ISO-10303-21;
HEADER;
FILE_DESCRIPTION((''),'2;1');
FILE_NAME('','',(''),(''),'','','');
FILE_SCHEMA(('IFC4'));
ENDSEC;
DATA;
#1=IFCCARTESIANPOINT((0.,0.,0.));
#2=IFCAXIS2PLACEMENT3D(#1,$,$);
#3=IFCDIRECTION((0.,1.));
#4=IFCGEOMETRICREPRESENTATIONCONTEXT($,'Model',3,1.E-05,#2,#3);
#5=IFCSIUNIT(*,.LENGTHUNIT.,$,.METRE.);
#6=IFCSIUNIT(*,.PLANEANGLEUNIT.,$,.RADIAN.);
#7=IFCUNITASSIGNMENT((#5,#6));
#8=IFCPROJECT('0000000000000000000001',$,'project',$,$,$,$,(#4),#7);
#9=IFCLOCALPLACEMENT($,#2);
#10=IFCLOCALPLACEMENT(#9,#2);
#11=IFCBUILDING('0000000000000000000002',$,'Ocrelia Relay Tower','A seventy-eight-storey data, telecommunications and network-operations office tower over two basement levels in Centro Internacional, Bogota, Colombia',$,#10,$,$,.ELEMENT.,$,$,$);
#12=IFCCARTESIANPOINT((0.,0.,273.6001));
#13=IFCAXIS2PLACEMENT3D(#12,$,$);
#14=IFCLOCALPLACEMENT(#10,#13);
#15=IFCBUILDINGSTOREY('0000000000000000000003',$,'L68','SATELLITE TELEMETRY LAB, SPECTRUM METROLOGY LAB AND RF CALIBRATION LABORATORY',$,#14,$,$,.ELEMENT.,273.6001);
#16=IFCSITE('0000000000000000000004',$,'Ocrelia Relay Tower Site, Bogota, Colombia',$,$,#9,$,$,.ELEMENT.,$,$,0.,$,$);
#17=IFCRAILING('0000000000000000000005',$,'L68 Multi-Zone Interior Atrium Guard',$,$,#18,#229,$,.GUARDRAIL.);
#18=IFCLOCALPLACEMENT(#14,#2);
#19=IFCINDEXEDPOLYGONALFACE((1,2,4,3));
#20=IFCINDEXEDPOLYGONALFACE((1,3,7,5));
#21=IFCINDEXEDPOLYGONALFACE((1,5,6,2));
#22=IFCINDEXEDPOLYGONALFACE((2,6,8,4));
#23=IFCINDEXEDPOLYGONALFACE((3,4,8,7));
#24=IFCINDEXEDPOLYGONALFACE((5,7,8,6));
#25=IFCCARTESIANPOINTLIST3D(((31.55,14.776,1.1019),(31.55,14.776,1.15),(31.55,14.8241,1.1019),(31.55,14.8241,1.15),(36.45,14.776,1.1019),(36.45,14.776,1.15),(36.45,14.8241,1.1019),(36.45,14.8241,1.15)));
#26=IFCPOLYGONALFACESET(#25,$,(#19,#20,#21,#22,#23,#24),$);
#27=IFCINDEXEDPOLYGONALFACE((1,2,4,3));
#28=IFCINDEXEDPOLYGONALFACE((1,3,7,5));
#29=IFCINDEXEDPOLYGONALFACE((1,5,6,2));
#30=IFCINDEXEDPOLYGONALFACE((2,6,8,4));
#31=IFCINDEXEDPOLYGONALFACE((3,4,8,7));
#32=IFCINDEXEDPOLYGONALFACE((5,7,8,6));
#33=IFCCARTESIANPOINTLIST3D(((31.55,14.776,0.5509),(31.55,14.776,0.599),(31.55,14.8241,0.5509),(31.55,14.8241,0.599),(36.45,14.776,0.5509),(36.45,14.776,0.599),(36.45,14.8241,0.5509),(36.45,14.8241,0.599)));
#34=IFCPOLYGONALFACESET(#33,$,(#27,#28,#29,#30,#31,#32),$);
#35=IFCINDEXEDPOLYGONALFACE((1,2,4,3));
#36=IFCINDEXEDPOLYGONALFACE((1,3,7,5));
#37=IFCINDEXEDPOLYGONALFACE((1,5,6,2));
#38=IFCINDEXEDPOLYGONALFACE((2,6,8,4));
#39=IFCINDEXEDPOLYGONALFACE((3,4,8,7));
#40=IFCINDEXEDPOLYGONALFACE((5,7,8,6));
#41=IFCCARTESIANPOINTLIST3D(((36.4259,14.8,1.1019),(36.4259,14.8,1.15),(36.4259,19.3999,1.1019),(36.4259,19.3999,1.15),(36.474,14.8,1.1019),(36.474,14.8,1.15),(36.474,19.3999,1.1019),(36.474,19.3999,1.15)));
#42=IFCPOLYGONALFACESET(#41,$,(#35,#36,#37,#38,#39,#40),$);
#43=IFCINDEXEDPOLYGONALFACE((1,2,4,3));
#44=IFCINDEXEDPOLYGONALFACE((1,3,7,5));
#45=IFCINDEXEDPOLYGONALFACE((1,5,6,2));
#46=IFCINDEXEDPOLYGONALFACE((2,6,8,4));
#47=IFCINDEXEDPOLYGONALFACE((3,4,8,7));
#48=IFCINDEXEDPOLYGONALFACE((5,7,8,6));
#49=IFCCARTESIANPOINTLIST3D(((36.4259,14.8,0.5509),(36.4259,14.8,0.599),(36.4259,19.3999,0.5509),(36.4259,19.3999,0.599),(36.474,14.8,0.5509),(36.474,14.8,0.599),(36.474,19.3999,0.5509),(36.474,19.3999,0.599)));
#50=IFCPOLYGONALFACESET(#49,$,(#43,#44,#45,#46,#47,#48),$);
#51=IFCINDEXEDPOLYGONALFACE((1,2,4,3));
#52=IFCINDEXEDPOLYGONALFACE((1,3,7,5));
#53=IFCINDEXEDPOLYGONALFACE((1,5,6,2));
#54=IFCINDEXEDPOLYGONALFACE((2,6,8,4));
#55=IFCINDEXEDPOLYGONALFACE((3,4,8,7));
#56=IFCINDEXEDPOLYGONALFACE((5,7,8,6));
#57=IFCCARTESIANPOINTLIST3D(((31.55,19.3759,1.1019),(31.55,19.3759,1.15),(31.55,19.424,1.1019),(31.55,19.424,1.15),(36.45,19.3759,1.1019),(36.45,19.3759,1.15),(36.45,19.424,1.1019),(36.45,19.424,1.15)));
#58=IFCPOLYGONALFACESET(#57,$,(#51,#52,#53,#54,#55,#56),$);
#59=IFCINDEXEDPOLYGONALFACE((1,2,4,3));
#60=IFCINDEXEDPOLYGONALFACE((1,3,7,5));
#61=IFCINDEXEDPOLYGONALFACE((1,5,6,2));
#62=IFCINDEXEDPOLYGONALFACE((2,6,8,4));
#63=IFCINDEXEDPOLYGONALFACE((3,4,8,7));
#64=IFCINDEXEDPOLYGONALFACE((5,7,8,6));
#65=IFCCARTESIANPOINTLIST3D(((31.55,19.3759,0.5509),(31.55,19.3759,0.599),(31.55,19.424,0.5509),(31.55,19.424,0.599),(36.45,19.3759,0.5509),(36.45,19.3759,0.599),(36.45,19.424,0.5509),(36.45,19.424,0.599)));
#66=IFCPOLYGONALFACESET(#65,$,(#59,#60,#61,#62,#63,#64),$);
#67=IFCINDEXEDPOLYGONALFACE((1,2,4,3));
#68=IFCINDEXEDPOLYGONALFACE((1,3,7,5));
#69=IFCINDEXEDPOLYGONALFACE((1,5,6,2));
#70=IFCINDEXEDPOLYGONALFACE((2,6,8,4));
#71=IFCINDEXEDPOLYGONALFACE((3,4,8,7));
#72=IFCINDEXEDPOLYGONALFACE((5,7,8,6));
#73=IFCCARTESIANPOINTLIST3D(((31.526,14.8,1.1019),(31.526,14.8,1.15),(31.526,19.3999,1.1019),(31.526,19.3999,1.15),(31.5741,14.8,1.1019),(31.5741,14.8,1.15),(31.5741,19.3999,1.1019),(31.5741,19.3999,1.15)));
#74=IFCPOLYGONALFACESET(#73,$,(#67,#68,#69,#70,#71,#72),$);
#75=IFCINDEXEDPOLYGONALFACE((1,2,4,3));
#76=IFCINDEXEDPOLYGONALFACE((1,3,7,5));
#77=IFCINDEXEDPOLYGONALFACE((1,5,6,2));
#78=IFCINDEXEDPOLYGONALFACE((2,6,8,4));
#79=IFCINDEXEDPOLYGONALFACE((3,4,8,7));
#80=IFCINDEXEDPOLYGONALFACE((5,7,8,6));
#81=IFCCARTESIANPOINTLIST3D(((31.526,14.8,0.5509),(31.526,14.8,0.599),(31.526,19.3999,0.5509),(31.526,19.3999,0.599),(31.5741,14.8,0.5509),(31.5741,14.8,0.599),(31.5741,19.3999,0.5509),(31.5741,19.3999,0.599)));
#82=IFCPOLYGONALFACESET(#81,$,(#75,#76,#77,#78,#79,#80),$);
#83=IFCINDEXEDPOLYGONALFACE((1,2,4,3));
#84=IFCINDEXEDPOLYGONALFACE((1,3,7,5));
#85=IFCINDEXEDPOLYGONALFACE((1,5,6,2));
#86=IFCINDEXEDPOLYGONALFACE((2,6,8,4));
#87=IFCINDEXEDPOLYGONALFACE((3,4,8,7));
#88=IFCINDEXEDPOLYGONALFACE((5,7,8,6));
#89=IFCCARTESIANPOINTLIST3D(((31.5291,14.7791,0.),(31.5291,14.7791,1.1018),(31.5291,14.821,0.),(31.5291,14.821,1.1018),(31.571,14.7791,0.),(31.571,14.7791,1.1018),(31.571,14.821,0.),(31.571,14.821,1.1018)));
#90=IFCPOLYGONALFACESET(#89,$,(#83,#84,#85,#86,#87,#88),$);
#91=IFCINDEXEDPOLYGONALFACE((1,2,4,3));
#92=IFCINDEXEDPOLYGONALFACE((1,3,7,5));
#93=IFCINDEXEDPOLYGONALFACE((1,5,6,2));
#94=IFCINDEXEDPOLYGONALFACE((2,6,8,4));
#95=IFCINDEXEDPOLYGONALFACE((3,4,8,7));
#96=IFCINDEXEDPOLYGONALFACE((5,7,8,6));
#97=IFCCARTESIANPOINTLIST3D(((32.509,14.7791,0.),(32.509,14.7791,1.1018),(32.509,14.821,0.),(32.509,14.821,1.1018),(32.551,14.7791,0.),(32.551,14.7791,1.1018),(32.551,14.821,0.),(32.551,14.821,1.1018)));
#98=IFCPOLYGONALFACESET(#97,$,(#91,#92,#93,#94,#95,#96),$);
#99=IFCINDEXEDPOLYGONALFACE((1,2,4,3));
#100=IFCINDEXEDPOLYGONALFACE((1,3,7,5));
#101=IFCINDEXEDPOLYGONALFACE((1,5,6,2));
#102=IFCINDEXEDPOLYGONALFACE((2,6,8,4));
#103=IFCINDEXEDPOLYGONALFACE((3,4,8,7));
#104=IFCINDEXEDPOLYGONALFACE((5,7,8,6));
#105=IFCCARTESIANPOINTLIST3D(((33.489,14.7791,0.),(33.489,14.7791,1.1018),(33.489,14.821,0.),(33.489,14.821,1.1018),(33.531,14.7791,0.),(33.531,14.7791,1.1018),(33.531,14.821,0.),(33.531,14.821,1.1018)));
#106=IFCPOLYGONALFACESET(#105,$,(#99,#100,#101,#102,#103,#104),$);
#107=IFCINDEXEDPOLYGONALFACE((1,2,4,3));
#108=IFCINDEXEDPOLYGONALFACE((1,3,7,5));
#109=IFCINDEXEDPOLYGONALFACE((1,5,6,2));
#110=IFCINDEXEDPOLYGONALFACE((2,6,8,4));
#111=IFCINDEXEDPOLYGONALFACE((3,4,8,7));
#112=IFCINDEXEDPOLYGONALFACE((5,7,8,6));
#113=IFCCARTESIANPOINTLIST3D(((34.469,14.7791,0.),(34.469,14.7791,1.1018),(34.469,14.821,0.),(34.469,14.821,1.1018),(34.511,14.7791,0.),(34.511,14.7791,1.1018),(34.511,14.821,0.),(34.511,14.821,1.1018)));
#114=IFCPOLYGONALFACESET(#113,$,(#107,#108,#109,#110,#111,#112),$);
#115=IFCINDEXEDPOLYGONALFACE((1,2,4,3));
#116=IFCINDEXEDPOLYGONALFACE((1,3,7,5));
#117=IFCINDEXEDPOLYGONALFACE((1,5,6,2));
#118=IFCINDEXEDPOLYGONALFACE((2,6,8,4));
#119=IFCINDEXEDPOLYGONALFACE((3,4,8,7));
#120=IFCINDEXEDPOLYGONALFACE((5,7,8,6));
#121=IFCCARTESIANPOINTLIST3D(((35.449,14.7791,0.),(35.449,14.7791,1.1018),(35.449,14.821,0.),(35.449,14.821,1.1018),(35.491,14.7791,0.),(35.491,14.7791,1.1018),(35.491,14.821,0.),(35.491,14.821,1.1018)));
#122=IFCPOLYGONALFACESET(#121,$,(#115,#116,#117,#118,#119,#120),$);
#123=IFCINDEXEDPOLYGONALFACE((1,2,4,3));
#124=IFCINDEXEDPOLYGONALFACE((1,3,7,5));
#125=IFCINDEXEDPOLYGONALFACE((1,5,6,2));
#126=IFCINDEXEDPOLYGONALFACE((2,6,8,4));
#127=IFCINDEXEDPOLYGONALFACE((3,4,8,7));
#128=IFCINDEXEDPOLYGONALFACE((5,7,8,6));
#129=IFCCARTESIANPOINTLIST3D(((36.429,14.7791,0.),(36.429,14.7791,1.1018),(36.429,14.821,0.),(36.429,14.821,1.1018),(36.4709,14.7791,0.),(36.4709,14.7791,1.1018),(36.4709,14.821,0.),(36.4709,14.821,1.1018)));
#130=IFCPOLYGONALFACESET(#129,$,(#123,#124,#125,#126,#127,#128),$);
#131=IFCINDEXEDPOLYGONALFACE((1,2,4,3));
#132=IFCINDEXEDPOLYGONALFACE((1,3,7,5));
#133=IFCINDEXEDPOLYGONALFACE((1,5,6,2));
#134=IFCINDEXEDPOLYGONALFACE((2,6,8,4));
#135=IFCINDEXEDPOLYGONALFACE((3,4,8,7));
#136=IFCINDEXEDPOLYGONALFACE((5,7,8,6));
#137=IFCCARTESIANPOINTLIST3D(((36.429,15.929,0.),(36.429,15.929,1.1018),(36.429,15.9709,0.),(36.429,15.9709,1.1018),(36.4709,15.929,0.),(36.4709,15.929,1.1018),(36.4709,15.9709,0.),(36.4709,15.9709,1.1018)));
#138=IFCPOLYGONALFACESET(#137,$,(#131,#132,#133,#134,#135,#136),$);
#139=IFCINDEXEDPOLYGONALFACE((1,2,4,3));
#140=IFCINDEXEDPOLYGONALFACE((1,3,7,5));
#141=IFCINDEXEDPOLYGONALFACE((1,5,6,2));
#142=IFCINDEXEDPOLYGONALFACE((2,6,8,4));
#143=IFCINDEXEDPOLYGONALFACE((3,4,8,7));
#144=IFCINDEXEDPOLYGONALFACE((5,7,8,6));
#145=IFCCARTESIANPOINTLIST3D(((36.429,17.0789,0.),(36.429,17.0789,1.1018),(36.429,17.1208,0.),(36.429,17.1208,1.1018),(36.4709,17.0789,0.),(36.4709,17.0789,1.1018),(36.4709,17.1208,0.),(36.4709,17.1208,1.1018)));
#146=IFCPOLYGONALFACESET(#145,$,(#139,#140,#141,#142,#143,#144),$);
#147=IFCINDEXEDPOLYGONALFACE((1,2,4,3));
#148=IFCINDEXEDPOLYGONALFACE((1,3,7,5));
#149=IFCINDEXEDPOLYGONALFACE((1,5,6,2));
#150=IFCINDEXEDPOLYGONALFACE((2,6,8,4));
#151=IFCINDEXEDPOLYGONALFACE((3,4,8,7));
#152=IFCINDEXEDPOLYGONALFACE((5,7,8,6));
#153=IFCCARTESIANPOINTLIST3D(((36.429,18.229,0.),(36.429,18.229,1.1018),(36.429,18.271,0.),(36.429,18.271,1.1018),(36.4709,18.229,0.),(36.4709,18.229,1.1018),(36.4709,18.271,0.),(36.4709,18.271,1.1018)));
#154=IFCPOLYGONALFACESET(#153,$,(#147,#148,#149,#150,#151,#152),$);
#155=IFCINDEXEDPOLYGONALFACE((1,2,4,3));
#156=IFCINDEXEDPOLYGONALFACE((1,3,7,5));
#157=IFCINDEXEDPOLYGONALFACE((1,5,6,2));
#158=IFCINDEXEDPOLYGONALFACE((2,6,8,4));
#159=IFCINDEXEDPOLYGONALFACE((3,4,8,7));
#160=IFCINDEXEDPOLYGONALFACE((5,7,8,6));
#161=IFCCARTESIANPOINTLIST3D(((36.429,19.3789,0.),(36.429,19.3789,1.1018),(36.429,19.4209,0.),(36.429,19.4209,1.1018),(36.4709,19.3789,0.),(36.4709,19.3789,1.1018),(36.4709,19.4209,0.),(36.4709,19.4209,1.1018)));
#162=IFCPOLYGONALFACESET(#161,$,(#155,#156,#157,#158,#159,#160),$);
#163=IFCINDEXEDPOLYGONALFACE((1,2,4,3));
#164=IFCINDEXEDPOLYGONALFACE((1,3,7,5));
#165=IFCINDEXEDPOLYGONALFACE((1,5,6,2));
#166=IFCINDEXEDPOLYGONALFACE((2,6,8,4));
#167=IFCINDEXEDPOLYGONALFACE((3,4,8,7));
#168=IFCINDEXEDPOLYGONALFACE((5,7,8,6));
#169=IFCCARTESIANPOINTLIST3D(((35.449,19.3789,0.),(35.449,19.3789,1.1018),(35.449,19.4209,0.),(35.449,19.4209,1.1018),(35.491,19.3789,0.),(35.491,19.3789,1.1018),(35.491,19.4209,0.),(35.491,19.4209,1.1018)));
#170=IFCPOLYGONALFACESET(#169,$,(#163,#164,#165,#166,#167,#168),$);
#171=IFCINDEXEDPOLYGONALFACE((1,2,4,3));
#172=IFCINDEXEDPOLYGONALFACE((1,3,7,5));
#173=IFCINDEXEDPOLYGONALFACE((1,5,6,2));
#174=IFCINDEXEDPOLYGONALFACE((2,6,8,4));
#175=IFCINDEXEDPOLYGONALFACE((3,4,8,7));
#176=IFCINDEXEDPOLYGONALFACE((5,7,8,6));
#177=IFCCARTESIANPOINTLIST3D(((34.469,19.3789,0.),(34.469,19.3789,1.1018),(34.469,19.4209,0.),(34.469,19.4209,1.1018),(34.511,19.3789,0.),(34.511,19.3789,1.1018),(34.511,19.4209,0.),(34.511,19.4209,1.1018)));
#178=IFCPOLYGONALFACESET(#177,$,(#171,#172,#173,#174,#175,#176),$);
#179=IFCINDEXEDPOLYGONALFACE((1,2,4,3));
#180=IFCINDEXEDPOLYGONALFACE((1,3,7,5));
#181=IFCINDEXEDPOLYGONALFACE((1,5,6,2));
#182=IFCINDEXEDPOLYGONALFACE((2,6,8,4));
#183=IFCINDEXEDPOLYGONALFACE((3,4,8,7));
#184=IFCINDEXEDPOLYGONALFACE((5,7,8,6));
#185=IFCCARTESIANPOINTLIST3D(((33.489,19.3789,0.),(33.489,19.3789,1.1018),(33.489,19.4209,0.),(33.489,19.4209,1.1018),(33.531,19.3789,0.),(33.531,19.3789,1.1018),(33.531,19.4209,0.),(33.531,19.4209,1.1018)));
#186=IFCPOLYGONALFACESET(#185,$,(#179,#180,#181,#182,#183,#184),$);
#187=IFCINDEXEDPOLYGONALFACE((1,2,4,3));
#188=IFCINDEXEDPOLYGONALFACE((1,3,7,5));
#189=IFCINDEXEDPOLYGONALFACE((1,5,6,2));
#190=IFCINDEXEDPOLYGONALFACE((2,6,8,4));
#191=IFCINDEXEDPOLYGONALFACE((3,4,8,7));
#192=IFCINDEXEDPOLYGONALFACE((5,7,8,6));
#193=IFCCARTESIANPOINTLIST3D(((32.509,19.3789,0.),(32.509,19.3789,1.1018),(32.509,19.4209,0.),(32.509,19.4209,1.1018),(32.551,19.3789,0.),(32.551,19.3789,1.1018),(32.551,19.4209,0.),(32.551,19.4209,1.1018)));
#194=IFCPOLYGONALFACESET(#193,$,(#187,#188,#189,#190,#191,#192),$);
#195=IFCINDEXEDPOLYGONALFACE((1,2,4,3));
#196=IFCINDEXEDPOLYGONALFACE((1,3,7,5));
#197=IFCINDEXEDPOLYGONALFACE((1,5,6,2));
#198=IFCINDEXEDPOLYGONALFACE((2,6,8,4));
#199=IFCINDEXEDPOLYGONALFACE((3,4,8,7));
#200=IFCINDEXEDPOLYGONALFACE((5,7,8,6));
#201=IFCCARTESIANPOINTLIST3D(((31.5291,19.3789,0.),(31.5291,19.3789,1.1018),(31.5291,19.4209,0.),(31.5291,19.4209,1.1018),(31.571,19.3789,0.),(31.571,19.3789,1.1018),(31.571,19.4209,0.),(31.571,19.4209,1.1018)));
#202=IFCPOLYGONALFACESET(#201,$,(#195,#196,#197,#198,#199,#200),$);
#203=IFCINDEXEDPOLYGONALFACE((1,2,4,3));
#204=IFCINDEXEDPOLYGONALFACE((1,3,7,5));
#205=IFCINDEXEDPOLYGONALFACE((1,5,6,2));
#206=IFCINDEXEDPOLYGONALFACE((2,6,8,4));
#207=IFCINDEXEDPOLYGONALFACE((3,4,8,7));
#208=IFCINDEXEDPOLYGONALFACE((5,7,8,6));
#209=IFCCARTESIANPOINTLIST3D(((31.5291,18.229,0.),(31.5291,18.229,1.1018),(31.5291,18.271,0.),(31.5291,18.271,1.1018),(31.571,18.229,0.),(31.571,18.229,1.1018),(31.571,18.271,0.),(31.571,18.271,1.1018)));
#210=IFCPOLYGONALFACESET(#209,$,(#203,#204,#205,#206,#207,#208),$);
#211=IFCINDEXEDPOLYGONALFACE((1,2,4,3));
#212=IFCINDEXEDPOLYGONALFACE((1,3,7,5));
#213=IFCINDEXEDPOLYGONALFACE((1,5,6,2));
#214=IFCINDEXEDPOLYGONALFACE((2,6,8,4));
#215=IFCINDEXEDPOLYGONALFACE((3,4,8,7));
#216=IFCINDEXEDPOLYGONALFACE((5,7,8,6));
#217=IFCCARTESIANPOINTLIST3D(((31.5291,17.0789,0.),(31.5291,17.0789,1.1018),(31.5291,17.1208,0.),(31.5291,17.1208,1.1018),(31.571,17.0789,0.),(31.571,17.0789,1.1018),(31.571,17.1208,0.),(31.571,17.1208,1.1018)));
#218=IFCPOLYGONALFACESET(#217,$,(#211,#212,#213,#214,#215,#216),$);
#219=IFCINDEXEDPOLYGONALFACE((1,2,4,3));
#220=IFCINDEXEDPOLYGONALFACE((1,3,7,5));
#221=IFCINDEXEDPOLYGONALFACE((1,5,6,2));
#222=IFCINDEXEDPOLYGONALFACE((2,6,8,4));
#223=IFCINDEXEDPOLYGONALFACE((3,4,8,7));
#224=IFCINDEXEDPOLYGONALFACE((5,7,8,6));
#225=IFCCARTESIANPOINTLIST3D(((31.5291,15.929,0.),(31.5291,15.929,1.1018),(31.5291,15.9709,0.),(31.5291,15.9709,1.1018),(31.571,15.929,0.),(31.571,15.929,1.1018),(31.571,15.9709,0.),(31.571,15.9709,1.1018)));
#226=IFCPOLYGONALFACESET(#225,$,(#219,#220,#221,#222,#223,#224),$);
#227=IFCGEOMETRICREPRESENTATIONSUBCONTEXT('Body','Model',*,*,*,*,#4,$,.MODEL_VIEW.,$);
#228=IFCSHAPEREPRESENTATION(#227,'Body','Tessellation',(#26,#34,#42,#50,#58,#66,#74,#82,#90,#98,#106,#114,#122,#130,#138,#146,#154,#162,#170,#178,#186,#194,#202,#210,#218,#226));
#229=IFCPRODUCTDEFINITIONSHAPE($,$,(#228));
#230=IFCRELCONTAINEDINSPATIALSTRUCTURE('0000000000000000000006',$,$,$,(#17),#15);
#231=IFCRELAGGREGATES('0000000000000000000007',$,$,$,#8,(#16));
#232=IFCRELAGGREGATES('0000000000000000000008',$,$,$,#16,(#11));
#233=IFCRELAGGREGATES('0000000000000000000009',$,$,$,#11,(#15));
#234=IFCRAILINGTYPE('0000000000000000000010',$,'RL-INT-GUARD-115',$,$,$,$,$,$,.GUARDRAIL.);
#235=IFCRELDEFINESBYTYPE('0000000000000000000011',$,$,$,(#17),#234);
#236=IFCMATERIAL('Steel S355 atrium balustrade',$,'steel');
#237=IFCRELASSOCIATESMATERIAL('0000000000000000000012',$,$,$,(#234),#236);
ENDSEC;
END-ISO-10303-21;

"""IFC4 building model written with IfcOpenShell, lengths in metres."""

from ifc_helpers import new_model, si_unit, direction, frame, origin, origin_2d, place, context, subcontext, project, spatial, rectangle, extrude, material, type_object, element, save


model = new_model("IFC4")

# Units and contexts
model_context = context("Model", 3, precision=1e-05, world=origin(), true_north=direction((0.0, 1.0)))
body_context = subcontext(model_context, "Body", "Model", "MODEL_VIEW")
ifc_project = project(units=[si_unit("LENGTHUNIT", "METRE"), si_unit("PLANEANGLEUNIT", "RADIAN")], contexts=[model_context])

# Site, building, storey
site_placement = place(None, origin())
site = spatial("IfcSite", under=ifc_project, at=site_placement, Name="Ocrelia Relay Tower Site, Bogota, Colombia", CompositionType="ELEMENT", RefElevation=0.0)
building_placement = place(site_placement, origin())
building = spatial("IfcBuilding", under=site, at=building_placement, Name="Ocrelia Relay Tower", Description="A seventy-eight-storey data, telecommunications and network-operations office tower over two basement levels in Centro Internacional, Bogota, Colombia", CompositionType="ELEMENT")
storey_placement = place(building_placement, frame((0.0, 0.0, 273.6001)))
storey = spatial("IfcBuildingStorey", under=building, at=storey_placement, Name="L68", Description="SATELLITE TELEMETRY LAB, SPECTRUM METROLOGY LAB AND RF CALIBRATION LABORATORY", CompositionType="ELEMENT", Elevation=273.6001)

# Railing
ifc_material_1 = material(Name="Steel S355 atrium balustrade", Category="steel")
railing_type = type_object("IfcRailingType", Name="RL-INT-GUARD-115", PredefinedType="GUARDRAIL", material=ifc_material_1)
railing_placement = place(storey_placement, frame((31.55, 14.8, 0.0)))
element("IfcRailing", 1, at=railing_placement, inside=storey, type_object=railing_type, Name="L68 Multi-Zone Interior Atrium Guard", PredefinedType="GUARDRAIL", context=body_context, shape_type="SweptSolid", body=[
    extrude(rectangle(XDim=0.0481, YDim=0.0481, at=origin_2d()), frame((0.0, 0.0, 1.126), z_axis=(1.0, 0.0, 0.0), x_axis=(0.0, 1.0, 0.0)), (0.0, 0.0, 1.0), 4.8999),
    extrude(rectangle(XDim=0.0481, YDim=0.0481, at=origin_2d()), frame((0.0, 0.0, 0.575), z_axis=(1.0, 0.0, 0.0), x_axis=(0.0, 1.0, 0.0)), (0.0, 0.0, 1.0), 4.8999),
    extrude(rectangle(XDim=0.0481, YDim=0.0481, at=origin_2d()), frame((4.8999, 0.0, 1.126), z_axis=(0.0, 1.0, 0.0), x_axis=(-1.0, 0.0, 0.0)), (0.0, 0.0, 1.0), 4.5999),
    extrude(rectangle(XDim=0.0481, YDim=0.0481, at=origin_2d()), frame((4.8999, 0.0, 0.575), z_axis=(0.0, 1.0, 0.0), x_axis=(-1.0, 0.0, 0.0)), (0.0, 0.0, 1.0), 4.5999),
    extrude(rectangle(XDim=0.0481, YDim=0.0481, at=origin_2d()), frame((4.8999, 4.5999, 1.126), z_axis=(-1.0, 0.0, 0.0), x_axis=(0.0, -1.0, 0.0)), (0.0, 0.0, 1.0), 4.8999),
    extrude(rectangle(XDim=0.0481, YDim=0.0481, at=origin_2d()), frame((4.8999, 4.5999, 0.575), z_axis=(-1.0, 0.0, 0.0), x_axis=(0.0, -1.0, 0.0)), (0.0, 0.0, 1.0), 4.8999),
    extrude(rectangle(XDim=0.0481, YDim=0.0481, at=origin_2d()), frame((0.0, 4.5999, 1.126), z_axis=(0.0, -1.0, 0.0), x_axis=(1.0, 0.0, 0.0)), (0.0, 0.0, 1.0), 4.5999),
    extrude(rectangle(XDim=0.0481, YDim=0.0481, at=origin_2d()), frame((0.0, 4.5999, 0.575), z_axis=(0.0, -1.0, 0.0), x_axis=(1.0, 0.0, 0.0)), (0.0, 0.0, 1.0), 4.5999),
    extrude(rectangle(XDim=0.042, YDim=0.042, at=origin_2d()), origin(), (0.0, 0.0, 1.0), 1.1018),
    extrude(rectangle(XDim=0.042, YDim=0.042, at=origin_2d()), frame((0.98, 0.0, 0.0)), (0.0, 0.0, 1.0), 1.1018),
    extrude(rectangle(XDim=0.042, YDim=0.042, at=origin_2d()), frame((1.96, 0.0, 0.0)), (0.0, 0.0, 1.0), 1.1018),
    extrude(rectangle(XDim=0.042, YDim=0.042, at=origin_2d()), frame((2.9399, 0.0, 0.0)), (0.0, 0.0, 1.0), 1.1018),
    extrude(rectangle(XDim=0.042, YDim=0.042, at=origin_2d()), frame((3.9199, 0.0, 0.0)), (0.0, 0.0, 1.0), 1.1018),
    extrude(rectangle(XDim=0.042, YDim=0.042, at=origin_2d()), frame((4.8999, 0.0, 0.0)), (0.0, 0.0, 1.0), 1.1018),
    extrude(rectangle(XDim=0.042, YDim=0.042, at=origin_2d()), frame((4.8999, 1.1499, 0.0)), (0.0, 0.0, 1.0), 1.1018),
    extrude(rectangle(XDim=0.042, YDim=0.042, at=origin_2d()), frame((4.8999, 2.2998, 0.0)), (0.0, 0.0, 1.0), 1.1018),
    extrude(rectangle(XDim=0.042, YDim=0.042, at=origin_2d()), frame((4.8999, 3.45, 0.0)), (0.0, 0.0, 1.0), 1.1018),
    extrude(rectangle(XDim=0.042, YDim=0.042, at=origin_2d()), frame((4.8999, 4.5999, 0.0)), (0.0, 0.0, 1.0), 1.1018),
    extrude(rectangle(XDim=0.042, YDim=0.042, at=origin_2d()), frame((3.9199, 4.5999, 0.0)), (0.0, 0.0, 1.0), 1.1018),
    extrude(rectangle(XDim=0.042, YDim=0.042, at=origin_2d()), frame((2.9399, 4.5999, 0.0)), (0.0, 0.0, 1.0), 1.1018),
    extrude(rectangle(XDim=0.042, YDim=0.042, at=origin_2d()), frame((1.96, 4.5999, 0.0)), (0.0, 0.0, 1.0), 1.1018),
    extrude(rectangle(XDim=0.042, YDim=0.042, at=origin_2d()), frame((0.98, 4.5999, 0.0)), (0.0, 0.0, 1.0), 1.1018),
    extrude(rectangle(XDim=0.042, YDim=0.042, at=origin_2d()), frame((0.0, 4.5999, 0.0)), (0.0, 0.0, 1.0), 1.1018),
    extrude(rectangle(XDim=0.042, YDim=0.042, at=origin_2d()), frame((0.0, 3.45, 0.0)), (0.0, 0.0, 1.0), 1.1018),
    extrude(rectangle(XDim=0.042, YDim=0.042, at=origin_2d()), frame((0.0, 2.2998, 0.0)), (0.0, 0.0, 1.0), 1.1018),
    extrude(rectangle(XDim=0.042, YDim=0.042, at=origin_2d()), frame((0.0, 1.1499, 0.0)), (0.0, 0.0, 1.0), 1.1018),
])

save(model, "model.ifc")
